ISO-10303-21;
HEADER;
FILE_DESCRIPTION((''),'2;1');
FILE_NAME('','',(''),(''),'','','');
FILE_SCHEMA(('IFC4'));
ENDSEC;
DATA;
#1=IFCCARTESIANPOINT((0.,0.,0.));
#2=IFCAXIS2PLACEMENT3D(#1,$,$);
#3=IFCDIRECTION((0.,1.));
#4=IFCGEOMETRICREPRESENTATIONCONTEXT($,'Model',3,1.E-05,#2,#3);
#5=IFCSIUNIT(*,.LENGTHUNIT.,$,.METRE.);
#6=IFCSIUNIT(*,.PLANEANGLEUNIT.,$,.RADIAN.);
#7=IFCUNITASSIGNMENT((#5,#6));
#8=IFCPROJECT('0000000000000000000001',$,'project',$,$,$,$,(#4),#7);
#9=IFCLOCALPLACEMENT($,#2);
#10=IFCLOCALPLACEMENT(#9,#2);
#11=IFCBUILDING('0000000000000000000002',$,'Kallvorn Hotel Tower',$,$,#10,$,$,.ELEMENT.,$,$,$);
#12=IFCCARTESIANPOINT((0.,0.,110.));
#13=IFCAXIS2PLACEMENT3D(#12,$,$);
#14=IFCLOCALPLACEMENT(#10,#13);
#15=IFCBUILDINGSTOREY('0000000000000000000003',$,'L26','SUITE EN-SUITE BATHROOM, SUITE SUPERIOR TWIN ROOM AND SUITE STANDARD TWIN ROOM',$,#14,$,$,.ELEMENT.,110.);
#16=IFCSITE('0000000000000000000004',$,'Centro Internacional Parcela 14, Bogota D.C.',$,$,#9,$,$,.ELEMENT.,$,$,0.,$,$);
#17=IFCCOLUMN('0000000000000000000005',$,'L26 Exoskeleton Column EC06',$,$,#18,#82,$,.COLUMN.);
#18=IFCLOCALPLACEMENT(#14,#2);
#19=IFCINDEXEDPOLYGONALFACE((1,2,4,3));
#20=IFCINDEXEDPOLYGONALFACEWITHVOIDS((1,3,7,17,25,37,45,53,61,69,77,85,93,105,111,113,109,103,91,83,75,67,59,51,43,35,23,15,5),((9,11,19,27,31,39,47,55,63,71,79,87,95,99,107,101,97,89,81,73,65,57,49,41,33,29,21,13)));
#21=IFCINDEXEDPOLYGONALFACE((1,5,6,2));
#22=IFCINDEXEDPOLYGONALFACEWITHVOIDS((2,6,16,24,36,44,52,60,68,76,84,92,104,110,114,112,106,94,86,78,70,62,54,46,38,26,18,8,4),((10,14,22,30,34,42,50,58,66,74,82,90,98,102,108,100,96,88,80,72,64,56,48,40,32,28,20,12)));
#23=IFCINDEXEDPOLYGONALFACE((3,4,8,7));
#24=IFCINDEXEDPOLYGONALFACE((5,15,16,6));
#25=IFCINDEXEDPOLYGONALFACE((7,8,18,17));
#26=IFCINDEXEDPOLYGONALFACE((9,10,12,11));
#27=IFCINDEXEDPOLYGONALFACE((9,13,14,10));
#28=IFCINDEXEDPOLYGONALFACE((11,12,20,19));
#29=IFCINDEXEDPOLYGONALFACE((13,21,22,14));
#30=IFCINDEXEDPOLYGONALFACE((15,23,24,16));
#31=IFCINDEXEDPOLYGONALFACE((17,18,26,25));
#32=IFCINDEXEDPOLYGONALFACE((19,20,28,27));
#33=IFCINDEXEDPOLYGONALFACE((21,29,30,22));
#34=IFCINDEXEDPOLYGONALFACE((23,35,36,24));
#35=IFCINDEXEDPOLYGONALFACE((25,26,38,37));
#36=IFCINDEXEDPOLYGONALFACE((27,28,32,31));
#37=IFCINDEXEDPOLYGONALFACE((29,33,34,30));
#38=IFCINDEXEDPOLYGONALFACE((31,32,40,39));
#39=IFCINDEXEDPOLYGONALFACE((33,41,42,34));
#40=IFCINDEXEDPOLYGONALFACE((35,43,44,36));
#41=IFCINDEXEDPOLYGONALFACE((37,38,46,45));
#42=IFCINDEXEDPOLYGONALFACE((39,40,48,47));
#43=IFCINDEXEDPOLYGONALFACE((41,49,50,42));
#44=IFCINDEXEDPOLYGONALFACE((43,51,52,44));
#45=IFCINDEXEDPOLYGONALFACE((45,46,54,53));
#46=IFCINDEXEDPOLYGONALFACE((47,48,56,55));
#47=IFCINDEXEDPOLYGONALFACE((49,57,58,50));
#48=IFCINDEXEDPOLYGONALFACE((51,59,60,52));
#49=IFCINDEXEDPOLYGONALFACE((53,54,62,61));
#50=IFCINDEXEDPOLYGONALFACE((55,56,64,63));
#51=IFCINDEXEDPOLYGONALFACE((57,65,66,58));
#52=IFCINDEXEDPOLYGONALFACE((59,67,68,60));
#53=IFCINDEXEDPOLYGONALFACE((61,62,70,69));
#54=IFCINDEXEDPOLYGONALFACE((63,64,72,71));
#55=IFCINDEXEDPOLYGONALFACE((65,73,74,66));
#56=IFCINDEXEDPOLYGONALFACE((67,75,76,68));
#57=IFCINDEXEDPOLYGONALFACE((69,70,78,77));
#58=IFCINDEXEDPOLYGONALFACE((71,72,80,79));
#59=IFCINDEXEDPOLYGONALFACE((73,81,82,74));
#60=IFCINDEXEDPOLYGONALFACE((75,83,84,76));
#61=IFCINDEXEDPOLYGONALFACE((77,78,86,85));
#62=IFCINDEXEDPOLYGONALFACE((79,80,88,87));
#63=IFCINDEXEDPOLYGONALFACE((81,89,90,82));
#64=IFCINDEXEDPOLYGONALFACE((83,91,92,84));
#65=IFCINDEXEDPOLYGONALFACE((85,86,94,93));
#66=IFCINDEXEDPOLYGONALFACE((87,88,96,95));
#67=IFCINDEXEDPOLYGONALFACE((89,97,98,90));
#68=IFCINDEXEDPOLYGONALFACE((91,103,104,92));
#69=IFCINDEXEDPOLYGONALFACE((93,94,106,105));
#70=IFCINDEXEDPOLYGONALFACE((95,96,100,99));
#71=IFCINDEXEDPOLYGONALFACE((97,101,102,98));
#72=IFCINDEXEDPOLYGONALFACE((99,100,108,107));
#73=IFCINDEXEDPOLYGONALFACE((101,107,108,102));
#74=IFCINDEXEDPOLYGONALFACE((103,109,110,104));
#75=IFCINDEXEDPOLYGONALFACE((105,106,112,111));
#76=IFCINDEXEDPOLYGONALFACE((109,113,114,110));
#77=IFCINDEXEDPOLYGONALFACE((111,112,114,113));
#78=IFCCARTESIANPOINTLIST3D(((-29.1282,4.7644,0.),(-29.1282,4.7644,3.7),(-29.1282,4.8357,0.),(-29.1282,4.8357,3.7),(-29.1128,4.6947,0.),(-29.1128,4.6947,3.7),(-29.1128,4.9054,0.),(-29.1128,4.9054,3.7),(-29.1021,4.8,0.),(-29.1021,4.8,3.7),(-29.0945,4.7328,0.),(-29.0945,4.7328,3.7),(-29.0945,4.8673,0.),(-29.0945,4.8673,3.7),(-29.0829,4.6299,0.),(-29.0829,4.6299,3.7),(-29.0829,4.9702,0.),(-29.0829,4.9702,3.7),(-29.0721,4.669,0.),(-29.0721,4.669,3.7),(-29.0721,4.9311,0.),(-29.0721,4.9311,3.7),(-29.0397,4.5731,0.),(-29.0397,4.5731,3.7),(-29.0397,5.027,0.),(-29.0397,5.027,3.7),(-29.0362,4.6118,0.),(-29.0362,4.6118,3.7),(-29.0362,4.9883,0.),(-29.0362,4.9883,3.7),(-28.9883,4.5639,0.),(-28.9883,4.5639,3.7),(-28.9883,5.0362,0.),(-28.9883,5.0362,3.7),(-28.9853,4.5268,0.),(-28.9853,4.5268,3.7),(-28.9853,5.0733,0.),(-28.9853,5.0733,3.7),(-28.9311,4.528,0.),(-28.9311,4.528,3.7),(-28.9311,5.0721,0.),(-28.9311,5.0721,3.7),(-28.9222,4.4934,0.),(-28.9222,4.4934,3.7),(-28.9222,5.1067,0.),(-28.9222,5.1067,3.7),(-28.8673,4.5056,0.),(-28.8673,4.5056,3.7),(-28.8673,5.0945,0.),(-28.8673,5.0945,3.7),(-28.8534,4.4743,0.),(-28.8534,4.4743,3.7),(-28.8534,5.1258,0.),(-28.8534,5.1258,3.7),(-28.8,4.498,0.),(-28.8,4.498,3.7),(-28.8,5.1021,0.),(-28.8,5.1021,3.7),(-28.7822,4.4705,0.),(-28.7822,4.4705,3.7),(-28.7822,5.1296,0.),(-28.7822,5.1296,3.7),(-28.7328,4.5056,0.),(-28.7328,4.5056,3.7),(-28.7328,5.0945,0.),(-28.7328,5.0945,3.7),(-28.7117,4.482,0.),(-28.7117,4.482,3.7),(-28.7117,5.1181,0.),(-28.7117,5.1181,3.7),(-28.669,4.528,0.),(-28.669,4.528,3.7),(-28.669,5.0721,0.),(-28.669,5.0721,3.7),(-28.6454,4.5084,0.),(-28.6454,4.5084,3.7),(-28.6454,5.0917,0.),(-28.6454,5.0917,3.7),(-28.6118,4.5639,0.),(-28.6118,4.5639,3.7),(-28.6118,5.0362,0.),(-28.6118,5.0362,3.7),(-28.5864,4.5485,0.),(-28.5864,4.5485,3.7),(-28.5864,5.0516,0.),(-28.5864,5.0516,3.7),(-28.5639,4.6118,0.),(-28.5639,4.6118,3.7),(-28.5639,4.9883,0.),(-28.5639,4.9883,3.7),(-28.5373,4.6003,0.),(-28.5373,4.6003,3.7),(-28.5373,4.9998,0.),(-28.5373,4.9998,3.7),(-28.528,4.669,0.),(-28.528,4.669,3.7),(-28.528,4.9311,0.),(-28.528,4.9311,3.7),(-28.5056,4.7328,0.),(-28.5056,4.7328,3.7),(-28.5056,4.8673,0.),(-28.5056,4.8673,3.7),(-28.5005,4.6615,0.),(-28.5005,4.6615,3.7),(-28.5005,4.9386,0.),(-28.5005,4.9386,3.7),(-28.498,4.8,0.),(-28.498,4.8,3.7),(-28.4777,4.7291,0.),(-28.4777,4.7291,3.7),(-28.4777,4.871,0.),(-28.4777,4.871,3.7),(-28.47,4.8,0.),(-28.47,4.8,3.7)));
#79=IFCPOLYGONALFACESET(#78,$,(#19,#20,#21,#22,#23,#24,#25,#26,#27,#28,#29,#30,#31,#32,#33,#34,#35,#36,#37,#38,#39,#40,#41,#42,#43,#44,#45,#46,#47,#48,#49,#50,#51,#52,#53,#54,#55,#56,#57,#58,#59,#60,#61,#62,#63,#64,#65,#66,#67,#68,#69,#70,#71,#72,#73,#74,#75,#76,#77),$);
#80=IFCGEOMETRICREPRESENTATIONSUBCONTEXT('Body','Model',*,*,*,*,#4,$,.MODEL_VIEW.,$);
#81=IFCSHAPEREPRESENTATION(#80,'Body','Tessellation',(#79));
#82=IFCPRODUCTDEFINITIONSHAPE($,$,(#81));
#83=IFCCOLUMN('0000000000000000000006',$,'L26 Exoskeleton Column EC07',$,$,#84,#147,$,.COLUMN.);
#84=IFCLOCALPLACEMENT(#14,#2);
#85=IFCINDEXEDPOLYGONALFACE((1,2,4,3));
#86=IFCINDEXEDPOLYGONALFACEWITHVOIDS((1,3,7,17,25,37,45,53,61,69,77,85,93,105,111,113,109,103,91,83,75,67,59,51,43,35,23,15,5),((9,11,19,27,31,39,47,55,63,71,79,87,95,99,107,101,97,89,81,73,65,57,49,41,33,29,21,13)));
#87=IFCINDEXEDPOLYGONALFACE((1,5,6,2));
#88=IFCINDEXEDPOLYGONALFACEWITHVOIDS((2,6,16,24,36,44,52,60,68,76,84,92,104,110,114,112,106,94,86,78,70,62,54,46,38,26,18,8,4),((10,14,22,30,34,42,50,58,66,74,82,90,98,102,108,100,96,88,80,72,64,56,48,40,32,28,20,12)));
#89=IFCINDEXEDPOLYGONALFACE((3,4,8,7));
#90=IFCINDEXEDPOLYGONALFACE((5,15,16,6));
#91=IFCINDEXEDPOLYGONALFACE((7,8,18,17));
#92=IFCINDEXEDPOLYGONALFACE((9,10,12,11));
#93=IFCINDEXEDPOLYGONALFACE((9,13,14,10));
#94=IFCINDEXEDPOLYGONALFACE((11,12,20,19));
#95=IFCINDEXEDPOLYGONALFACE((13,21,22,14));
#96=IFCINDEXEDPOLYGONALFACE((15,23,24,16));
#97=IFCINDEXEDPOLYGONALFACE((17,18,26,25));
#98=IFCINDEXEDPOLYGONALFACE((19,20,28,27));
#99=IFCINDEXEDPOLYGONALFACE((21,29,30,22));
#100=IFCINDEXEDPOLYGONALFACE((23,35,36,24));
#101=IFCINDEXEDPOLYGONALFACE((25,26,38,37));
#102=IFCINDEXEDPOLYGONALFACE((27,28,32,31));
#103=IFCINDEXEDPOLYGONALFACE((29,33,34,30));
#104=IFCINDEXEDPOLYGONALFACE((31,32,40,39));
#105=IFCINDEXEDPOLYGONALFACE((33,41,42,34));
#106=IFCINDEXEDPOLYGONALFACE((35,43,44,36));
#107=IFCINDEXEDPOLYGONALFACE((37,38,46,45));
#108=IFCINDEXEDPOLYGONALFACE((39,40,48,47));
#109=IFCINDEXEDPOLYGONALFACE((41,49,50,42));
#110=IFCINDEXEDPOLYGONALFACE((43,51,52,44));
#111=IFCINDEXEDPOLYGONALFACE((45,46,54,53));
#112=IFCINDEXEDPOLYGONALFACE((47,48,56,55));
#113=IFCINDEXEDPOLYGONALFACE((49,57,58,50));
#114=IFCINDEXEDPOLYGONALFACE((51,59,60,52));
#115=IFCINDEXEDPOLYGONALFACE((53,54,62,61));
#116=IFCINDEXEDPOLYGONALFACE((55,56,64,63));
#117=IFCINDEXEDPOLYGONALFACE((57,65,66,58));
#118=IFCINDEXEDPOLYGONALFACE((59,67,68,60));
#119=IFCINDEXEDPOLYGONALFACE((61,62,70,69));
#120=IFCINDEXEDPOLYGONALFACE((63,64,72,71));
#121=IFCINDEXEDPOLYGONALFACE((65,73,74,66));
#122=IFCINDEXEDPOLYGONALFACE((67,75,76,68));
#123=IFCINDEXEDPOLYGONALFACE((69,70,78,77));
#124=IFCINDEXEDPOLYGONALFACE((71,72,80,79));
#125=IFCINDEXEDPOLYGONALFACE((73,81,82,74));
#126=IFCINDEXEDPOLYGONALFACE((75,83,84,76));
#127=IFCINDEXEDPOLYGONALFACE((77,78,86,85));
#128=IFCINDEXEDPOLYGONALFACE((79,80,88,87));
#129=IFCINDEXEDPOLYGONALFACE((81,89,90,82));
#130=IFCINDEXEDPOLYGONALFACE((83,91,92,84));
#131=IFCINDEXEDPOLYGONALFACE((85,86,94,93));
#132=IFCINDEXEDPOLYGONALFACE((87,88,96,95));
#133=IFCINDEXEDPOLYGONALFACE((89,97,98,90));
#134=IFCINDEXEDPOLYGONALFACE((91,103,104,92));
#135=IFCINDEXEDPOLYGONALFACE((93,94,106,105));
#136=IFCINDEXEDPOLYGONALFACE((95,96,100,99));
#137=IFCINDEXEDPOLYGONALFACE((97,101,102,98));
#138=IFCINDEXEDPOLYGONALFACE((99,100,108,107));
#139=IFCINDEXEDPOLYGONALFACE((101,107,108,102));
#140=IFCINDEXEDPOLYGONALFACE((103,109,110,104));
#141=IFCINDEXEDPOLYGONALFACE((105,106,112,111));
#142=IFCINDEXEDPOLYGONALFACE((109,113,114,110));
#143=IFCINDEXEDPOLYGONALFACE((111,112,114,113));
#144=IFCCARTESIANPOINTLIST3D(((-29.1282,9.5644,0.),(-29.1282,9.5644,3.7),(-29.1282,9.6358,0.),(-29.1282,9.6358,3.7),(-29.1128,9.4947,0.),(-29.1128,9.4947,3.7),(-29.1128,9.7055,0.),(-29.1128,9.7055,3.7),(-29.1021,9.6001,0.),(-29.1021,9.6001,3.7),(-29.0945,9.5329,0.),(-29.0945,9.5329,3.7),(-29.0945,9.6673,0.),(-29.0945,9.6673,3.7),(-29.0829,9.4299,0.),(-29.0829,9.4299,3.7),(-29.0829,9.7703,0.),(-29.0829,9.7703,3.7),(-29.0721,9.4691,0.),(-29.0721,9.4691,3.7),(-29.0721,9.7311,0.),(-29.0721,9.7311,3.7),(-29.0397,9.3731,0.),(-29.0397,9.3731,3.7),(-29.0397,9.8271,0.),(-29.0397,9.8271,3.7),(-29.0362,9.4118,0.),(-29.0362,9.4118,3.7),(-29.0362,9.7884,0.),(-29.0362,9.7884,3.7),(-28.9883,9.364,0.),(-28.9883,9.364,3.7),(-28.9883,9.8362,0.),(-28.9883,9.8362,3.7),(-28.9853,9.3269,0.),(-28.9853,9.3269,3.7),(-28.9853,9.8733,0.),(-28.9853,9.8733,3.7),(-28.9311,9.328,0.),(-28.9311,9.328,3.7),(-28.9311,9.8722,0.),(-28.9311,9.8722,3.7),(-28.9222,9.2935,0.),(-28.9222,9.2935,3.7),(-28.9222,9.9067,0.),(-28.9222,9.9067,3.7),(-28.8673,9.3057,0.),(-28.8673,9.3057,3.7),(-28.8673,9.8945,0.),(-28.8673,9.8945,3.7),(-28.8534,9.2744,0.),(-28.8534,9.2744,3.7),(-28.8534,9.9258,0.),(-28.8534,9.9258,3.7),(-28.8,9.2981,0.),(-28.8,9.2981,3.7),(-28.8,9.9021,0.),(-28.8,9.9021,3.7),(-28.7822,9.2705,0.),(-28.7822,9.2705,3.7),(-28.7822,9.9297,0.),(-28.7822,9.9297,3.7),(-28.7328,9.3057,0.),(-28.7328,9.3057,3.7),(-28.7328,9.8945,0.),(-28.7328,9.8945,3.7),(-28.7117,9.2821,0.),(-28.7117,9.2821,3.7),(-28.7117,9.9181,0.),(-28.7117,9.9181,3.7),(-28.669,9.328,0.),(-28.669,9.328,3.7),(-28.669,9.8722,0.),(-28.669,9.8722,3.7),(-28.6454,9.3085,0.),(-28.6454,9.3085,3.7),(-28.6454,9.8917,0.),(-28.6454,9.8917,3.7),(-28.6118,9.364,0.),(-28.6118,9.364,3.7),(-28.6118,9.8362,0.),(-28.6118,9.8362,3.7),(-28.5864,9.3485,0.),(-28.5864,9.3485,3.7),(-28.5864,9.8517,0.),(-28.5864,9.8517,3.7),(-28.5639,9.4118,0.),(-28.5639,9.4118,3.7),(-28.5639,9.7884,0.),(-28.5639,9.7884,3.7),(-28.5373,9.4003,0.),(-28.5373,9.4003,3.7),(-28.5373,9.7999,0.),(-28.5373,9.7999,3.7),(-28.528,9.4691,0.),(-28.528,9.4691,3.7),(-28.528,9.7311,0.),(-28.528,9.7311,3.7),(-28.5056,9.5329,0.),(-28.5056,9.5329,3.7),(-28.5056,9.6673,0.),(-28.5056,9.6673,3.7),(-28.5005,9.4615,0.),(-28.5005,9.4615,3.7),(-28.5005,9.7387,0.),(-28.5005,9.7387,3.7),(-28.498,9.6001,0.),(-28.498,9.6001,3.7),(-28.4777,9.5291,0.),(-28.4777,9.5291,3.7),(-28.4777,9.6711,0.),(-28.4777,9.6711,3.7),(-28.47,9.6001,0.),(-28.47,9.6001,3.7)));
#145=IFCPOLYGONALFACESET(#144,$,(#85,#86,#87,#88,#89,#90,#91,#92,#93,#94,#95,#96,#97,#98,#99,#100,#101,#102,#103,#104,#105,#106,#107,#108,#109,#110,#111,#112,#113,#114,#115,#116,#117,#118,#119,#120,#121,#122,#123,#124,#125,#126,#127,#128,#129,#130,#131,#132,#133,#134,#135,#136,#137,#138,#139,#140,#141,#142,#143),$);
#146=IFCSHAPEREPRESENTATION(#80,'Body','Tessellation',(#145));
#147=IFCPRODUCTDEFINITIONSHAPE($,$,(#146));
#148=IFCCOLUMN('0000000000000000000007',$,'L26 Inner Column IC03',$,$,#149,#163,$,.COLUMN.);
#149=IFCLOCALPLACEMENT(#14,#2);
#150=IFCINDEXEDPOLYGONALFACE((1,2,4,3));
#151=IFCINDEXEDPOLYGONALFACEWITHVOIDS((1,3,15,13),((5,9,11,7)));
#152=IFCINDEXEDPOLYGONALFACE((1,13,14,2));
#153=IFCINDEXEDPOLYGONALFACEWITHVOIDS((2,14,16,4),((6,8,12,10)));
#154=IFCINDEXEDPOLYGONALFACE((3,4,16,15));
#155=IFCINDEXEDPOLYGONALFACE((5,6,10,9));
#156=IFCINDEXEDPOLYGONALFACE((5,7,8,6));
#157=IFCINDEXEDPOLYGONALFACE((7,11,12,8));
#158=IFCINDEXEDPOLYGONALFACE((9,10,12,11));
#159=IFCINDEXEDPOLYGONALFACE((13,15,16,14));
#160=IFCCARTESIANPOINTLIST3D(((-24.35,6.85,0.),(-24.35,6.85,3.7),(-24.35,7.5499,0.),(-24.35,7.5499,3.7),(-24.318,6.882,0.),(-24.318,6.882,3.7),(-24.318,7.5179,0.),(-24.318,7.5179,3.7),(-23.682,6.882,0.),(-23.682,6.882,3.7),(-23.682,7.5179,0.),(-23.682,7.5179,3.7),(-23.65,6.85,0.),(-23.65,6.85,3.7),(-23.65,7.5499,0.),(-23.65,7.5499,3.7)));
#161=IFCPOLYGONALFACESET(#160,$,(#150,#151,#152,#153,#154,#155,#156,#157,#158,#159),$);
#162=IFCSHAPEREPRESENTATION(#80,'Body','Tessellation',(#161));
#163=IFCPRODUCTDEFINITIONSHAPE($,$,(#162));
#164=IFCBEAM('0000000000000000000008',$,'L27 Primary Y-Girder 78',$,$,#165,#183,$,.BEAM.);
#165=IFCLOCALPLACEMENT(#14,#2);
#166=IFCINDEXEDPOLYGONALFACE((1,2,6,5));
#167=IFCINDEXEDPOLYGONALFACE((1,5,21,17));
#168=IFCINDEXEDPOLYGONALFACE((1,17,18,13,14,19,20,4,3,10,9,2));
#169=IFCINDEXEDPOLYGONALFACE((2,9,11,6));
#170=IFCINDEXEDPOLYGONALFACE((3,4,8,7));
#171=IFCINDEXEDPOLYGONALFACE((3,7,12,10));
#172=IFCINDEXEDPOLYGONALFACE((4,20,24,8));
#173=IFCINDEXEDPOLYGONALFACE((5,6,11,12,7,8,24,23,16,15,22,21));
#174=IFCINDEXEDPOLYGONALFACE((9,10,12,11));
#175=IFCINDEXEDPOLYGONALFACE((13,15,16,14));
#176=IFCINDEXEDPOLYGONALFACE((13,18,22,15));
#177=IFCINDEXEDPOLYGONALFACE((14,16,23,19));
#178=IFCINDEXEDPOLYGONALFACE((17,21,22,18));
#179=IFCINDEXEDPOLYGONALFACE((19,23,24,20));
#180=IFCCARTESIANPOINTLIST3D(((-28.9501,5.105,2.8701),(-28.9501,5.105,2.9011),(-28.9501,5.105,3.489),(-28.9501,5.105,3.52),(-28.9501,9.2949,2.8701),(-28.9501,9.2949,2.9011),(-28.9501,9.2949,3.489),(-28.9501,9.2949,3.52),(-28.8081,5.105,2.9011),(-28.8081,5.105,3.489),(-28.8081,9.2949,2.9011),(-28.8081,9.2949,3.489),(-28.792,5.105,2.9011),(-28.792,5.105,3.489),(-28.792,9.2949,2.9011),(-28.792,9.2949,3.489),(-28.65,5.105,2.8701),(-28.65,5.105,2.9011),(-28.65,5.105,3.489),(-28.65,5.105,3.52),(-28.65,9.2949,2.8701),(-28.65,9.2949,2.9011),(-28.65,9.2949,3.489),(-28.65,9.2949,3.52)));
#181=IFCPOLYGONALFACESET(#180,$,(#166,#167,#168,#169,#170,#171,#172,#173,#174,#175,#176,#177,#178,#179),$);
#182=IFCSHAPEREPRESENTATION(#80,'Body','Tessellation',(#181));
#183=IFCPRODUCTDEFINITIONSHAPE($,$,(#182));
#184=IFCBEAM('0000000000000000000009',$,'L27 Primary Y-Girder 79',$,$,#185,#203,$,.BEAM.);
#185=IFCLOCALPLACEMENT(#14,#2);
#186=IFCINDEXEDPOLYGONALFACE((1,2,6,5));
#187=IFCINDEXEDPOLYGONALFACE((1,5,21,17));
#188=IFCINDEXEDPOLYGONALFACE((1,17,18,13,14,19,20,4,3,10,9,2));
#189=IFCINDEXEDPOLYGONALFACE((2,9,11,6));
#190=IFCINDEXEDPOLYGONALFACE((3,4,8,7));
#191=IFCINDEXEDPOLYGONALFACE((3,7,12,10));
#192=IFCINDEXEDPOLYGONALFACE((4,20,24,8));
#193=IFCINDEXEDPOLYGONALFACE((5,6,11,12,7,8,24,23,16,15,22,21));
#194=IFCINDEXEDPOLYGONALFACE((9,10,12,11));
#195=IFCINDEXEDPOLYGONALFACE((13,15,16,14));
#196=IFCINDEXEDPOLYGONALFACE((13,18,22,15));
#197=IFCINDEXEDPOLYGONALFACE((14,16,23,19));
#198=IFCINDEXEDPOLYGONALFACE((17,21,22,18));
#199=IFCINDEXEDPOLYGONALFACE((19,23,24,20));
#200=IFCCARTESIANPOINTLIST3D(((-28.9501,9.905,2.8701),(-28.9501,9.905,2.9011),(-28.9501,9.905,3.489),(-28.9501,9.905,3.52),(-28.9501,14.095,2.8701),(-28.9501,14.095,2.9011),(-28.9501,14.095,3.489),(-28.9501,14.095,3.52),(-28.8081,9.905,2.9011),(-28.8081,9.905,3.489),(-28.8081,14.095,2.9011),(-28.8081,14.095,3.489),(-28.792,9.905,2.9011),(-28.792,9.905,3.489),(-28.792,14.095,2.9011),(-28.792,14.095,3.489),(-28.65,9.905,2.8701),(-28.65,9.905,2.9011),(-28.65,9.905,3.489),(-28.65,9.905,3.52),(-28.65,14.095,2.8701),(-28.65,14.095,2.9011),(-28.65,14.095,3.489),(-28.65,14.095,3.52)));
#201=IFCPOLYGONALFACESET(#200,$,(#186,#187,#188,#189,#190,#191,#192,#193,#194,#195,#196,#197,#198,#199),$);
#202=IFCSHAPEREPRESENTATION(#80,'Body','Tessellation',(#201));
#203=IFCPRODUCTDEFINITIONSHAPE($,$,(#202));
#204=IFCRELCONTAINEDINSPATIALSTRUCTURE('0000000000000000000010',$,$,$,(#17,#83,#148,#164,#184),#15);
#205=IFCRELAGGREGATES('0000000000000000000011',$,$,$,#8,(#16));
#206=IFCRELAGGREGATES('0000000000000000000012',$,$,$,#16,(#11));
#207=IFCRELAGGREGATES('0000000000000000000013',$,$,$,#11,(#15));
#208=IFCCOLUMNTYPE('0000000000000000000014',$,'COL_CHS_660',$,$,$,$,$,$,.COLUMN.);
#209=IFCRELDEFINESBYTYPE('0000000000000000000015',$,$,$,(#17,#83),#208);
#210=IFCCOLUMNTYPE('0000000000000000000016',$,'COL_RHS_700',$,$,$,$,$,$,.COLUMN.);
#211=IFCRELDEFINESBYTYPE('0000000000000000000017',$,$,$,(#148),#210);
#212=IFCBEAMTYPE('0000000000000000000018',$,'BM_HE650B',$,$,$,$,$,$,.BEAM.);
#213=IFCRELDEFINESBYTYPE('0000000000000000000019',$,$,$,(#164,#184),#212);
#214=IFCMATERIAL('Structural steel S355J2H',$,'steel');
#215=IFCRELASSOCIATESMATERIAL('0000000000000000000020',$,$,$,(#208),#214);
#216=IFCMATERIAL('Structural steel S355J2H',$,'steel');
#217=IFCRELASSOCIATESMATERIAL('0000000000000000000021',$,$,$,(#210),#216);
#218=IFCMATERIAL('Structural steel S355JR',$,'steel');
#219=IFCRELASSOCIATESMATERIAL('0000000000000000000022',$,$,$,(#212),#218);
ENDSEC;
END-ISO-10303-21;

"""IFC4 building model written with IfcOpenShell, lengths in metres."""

from ifc_helpers import new_model, si_unit, direction, frame, origin, origin_2d, place, context, subcontext, project, spatial, hollow_rectangle, hollow_circle, i_section, extrude, material, material_profile, profile_set, type_object, element, save


model = new_model("IFC4")

# Units and contexts
model_context = context("Model", 3, precision=1e-05, world=origin(), true_north=direction((0.0, 1.0)))
body_context = subcontext(model_context, "Body", "Model", "MODEL_VIEW")
ifc_project = project(units=[si_unit("LENGTHUNIT", "METRE"), si_unit("PLANEANGLEUNIT", "RADIAN")], contexts=[model_context])

# Site, building, storey
site_placement = place(None, origin())
site = spatial("IfcSite", under=ifc_project, at=site_placement, Name="Centro Internacional Parcela 14, Bogota D.C.", CompositionType="ELEMENT", RefElevation=0.0)
building_placement = place(site_placement, origin())
building = spatial("IfcBuilding", under=site, at=building_placement, Name="Kallvorn Hotel Tower", CompositionType="ELEMENT")
storey_placement = place(building_placement, frame((0.0, 0.0, 110.0)))
storey = spatial("IfcBuildingStorey", under=building, at=storey_placement, Name="L26", Description="SUITE EN-SUITE BATHROOM, SUITE SUPERIOR TWIN ROOM AND SUITE STANDARD TWIN ROOM", CompositionType="ELEMENT", Elevation=110.0)

# Columns
ifc_material_1 = material(Name="Structural steel S355J2H", Category="steel")
ifc_material_profile_1 = material_profile(ifc_material_1, hollow_circle(Radius=0.3301, WallThickness=0.0281, at=origin_2d()), Name="CHS 660x28")
ifc_profile_set_1 = profile_set([ifc_material_profile_1], Name="Structural steel S355J2H")
column_type_1 = type_object("IfcColumnType", Name="COL_CHS_660", PredefinedType="COLUMN", material=ifc_profile_set_1)
for number, where, z_axis, x_axis, name in (
    (1, (-28.8, 4.8, 0.0), (0.0, 0.0, 1.0), (1.0, 0.0, 0.0), "L26 Exoskeleton Column EC06"),
    (2, (-28.8, 9.6001, 0.0), (0.0, 0.0, 1.0), (1.0, 0.0, 0.0), "L26 Exoskeleton Column EC07"),
):
    element("IfcColumn", number, at=place(storey_placement, frame(where, z_axis=z_axis, x_axis=x_axis)), inside=storey, type_object=column_type_1, Name=name, PredefinedType="COLUMN", context=body_context, shape_type="SweptSolid", body=[
        extrude(hollow_circle(Radius=0.3301, WallThickness=0.0281, at=origin_2d()), origin(), (0.0, 0.0, 1.0), 3.7),
    ])
ifc_material_2 = material(Name="Structural steel S355J2H", Category="steel")
ifc_material_profile_2 = material_profile(ifc_material_2, hollow_rectangle(XDim=0.7, YDim=0.7, WallThickness=0.032, at=origin_2d()), Name="RHS 700x700x32")
ifc_profile_set_2 = profile_set([ifc_material_profile_2], Name="Structural steel S355J2H")
column_type_2 = type_object("IfcColumnType", Name="COL_RHS_700", PredefinedType="COLUMN", material=ifc_profile_set_2)
column_placement = place(storey_placement, frame((-24.0, 7.2, 0.0), z_axis=(0.0, 0.0, 1.0), x_axis=(1.0, 0.0, 0.0)))
element("IfcColumn", 3, at=column_placement, inside=storey, type_object=column_type_2, Name="L26 Inner Column IC03", PredefinedType="COLUMN", context=body_context, shape_type="SweptSolid", body=[
    extrude(hollow_rectangle(XDim=0.7, YDim=0.7, WallThickness=0.032, at=origin_2d()), origin(), (0.0, 0.0, 1.0), 3.7),
])

# Beams
ifc_material_3 = material(Name="Structural steel S355JR", Category="steel")
ifc_material_profile_3 = material_profile(ifc_material_3, i_section(OverallWidth=0.3, OverallDepth=0.6499, WebThickness=0.0161, FlangeThickness=0.031, at=origin_2d()), Name="HE 650 B")
ifc_profile_set_3 = profile_set([ifc_material_profile_3], Name="Structural steel S355JR")
beam_type_1 = type_object("IfcBeamType", Name="BM_HE650B", PredefinedType="BEAM", material=ifc_profile_set_3)
for number, where, z_axis, x_axis, name in (
    (4, (-28.8, 5.105, 3.1951), (0.0, 1.0, 0.0), (-1.0, 0.0, 0.0), "L27 Primary Y-Girder 78"),
    (5, (-28.8, 9.905, 3.1951), (0.0, 1.0, 0.0), (-1.0, 0.0, 0.0), "L27 Primary Y-Girder 79"),
):
    element("IfcBeam", number, at=place(storey_placement, frame(where, z_axis=z_axis, x_axis=x_axis)), inside=storey, type_object=beam_type_1, Name=name, PredefinedType="BEAM", context=body_context, shape_type="SweptSolid", body=[
        extrude(i_section(OverallWidth=0.3, OverallDepth=0.6499, WebThickness=0.0161, FlangeThickness=0.031, at=origin_2d()), origin(), (0.0, 0.0, 1.0), 4.1899),
    ])

save(model, "model.ifc")
